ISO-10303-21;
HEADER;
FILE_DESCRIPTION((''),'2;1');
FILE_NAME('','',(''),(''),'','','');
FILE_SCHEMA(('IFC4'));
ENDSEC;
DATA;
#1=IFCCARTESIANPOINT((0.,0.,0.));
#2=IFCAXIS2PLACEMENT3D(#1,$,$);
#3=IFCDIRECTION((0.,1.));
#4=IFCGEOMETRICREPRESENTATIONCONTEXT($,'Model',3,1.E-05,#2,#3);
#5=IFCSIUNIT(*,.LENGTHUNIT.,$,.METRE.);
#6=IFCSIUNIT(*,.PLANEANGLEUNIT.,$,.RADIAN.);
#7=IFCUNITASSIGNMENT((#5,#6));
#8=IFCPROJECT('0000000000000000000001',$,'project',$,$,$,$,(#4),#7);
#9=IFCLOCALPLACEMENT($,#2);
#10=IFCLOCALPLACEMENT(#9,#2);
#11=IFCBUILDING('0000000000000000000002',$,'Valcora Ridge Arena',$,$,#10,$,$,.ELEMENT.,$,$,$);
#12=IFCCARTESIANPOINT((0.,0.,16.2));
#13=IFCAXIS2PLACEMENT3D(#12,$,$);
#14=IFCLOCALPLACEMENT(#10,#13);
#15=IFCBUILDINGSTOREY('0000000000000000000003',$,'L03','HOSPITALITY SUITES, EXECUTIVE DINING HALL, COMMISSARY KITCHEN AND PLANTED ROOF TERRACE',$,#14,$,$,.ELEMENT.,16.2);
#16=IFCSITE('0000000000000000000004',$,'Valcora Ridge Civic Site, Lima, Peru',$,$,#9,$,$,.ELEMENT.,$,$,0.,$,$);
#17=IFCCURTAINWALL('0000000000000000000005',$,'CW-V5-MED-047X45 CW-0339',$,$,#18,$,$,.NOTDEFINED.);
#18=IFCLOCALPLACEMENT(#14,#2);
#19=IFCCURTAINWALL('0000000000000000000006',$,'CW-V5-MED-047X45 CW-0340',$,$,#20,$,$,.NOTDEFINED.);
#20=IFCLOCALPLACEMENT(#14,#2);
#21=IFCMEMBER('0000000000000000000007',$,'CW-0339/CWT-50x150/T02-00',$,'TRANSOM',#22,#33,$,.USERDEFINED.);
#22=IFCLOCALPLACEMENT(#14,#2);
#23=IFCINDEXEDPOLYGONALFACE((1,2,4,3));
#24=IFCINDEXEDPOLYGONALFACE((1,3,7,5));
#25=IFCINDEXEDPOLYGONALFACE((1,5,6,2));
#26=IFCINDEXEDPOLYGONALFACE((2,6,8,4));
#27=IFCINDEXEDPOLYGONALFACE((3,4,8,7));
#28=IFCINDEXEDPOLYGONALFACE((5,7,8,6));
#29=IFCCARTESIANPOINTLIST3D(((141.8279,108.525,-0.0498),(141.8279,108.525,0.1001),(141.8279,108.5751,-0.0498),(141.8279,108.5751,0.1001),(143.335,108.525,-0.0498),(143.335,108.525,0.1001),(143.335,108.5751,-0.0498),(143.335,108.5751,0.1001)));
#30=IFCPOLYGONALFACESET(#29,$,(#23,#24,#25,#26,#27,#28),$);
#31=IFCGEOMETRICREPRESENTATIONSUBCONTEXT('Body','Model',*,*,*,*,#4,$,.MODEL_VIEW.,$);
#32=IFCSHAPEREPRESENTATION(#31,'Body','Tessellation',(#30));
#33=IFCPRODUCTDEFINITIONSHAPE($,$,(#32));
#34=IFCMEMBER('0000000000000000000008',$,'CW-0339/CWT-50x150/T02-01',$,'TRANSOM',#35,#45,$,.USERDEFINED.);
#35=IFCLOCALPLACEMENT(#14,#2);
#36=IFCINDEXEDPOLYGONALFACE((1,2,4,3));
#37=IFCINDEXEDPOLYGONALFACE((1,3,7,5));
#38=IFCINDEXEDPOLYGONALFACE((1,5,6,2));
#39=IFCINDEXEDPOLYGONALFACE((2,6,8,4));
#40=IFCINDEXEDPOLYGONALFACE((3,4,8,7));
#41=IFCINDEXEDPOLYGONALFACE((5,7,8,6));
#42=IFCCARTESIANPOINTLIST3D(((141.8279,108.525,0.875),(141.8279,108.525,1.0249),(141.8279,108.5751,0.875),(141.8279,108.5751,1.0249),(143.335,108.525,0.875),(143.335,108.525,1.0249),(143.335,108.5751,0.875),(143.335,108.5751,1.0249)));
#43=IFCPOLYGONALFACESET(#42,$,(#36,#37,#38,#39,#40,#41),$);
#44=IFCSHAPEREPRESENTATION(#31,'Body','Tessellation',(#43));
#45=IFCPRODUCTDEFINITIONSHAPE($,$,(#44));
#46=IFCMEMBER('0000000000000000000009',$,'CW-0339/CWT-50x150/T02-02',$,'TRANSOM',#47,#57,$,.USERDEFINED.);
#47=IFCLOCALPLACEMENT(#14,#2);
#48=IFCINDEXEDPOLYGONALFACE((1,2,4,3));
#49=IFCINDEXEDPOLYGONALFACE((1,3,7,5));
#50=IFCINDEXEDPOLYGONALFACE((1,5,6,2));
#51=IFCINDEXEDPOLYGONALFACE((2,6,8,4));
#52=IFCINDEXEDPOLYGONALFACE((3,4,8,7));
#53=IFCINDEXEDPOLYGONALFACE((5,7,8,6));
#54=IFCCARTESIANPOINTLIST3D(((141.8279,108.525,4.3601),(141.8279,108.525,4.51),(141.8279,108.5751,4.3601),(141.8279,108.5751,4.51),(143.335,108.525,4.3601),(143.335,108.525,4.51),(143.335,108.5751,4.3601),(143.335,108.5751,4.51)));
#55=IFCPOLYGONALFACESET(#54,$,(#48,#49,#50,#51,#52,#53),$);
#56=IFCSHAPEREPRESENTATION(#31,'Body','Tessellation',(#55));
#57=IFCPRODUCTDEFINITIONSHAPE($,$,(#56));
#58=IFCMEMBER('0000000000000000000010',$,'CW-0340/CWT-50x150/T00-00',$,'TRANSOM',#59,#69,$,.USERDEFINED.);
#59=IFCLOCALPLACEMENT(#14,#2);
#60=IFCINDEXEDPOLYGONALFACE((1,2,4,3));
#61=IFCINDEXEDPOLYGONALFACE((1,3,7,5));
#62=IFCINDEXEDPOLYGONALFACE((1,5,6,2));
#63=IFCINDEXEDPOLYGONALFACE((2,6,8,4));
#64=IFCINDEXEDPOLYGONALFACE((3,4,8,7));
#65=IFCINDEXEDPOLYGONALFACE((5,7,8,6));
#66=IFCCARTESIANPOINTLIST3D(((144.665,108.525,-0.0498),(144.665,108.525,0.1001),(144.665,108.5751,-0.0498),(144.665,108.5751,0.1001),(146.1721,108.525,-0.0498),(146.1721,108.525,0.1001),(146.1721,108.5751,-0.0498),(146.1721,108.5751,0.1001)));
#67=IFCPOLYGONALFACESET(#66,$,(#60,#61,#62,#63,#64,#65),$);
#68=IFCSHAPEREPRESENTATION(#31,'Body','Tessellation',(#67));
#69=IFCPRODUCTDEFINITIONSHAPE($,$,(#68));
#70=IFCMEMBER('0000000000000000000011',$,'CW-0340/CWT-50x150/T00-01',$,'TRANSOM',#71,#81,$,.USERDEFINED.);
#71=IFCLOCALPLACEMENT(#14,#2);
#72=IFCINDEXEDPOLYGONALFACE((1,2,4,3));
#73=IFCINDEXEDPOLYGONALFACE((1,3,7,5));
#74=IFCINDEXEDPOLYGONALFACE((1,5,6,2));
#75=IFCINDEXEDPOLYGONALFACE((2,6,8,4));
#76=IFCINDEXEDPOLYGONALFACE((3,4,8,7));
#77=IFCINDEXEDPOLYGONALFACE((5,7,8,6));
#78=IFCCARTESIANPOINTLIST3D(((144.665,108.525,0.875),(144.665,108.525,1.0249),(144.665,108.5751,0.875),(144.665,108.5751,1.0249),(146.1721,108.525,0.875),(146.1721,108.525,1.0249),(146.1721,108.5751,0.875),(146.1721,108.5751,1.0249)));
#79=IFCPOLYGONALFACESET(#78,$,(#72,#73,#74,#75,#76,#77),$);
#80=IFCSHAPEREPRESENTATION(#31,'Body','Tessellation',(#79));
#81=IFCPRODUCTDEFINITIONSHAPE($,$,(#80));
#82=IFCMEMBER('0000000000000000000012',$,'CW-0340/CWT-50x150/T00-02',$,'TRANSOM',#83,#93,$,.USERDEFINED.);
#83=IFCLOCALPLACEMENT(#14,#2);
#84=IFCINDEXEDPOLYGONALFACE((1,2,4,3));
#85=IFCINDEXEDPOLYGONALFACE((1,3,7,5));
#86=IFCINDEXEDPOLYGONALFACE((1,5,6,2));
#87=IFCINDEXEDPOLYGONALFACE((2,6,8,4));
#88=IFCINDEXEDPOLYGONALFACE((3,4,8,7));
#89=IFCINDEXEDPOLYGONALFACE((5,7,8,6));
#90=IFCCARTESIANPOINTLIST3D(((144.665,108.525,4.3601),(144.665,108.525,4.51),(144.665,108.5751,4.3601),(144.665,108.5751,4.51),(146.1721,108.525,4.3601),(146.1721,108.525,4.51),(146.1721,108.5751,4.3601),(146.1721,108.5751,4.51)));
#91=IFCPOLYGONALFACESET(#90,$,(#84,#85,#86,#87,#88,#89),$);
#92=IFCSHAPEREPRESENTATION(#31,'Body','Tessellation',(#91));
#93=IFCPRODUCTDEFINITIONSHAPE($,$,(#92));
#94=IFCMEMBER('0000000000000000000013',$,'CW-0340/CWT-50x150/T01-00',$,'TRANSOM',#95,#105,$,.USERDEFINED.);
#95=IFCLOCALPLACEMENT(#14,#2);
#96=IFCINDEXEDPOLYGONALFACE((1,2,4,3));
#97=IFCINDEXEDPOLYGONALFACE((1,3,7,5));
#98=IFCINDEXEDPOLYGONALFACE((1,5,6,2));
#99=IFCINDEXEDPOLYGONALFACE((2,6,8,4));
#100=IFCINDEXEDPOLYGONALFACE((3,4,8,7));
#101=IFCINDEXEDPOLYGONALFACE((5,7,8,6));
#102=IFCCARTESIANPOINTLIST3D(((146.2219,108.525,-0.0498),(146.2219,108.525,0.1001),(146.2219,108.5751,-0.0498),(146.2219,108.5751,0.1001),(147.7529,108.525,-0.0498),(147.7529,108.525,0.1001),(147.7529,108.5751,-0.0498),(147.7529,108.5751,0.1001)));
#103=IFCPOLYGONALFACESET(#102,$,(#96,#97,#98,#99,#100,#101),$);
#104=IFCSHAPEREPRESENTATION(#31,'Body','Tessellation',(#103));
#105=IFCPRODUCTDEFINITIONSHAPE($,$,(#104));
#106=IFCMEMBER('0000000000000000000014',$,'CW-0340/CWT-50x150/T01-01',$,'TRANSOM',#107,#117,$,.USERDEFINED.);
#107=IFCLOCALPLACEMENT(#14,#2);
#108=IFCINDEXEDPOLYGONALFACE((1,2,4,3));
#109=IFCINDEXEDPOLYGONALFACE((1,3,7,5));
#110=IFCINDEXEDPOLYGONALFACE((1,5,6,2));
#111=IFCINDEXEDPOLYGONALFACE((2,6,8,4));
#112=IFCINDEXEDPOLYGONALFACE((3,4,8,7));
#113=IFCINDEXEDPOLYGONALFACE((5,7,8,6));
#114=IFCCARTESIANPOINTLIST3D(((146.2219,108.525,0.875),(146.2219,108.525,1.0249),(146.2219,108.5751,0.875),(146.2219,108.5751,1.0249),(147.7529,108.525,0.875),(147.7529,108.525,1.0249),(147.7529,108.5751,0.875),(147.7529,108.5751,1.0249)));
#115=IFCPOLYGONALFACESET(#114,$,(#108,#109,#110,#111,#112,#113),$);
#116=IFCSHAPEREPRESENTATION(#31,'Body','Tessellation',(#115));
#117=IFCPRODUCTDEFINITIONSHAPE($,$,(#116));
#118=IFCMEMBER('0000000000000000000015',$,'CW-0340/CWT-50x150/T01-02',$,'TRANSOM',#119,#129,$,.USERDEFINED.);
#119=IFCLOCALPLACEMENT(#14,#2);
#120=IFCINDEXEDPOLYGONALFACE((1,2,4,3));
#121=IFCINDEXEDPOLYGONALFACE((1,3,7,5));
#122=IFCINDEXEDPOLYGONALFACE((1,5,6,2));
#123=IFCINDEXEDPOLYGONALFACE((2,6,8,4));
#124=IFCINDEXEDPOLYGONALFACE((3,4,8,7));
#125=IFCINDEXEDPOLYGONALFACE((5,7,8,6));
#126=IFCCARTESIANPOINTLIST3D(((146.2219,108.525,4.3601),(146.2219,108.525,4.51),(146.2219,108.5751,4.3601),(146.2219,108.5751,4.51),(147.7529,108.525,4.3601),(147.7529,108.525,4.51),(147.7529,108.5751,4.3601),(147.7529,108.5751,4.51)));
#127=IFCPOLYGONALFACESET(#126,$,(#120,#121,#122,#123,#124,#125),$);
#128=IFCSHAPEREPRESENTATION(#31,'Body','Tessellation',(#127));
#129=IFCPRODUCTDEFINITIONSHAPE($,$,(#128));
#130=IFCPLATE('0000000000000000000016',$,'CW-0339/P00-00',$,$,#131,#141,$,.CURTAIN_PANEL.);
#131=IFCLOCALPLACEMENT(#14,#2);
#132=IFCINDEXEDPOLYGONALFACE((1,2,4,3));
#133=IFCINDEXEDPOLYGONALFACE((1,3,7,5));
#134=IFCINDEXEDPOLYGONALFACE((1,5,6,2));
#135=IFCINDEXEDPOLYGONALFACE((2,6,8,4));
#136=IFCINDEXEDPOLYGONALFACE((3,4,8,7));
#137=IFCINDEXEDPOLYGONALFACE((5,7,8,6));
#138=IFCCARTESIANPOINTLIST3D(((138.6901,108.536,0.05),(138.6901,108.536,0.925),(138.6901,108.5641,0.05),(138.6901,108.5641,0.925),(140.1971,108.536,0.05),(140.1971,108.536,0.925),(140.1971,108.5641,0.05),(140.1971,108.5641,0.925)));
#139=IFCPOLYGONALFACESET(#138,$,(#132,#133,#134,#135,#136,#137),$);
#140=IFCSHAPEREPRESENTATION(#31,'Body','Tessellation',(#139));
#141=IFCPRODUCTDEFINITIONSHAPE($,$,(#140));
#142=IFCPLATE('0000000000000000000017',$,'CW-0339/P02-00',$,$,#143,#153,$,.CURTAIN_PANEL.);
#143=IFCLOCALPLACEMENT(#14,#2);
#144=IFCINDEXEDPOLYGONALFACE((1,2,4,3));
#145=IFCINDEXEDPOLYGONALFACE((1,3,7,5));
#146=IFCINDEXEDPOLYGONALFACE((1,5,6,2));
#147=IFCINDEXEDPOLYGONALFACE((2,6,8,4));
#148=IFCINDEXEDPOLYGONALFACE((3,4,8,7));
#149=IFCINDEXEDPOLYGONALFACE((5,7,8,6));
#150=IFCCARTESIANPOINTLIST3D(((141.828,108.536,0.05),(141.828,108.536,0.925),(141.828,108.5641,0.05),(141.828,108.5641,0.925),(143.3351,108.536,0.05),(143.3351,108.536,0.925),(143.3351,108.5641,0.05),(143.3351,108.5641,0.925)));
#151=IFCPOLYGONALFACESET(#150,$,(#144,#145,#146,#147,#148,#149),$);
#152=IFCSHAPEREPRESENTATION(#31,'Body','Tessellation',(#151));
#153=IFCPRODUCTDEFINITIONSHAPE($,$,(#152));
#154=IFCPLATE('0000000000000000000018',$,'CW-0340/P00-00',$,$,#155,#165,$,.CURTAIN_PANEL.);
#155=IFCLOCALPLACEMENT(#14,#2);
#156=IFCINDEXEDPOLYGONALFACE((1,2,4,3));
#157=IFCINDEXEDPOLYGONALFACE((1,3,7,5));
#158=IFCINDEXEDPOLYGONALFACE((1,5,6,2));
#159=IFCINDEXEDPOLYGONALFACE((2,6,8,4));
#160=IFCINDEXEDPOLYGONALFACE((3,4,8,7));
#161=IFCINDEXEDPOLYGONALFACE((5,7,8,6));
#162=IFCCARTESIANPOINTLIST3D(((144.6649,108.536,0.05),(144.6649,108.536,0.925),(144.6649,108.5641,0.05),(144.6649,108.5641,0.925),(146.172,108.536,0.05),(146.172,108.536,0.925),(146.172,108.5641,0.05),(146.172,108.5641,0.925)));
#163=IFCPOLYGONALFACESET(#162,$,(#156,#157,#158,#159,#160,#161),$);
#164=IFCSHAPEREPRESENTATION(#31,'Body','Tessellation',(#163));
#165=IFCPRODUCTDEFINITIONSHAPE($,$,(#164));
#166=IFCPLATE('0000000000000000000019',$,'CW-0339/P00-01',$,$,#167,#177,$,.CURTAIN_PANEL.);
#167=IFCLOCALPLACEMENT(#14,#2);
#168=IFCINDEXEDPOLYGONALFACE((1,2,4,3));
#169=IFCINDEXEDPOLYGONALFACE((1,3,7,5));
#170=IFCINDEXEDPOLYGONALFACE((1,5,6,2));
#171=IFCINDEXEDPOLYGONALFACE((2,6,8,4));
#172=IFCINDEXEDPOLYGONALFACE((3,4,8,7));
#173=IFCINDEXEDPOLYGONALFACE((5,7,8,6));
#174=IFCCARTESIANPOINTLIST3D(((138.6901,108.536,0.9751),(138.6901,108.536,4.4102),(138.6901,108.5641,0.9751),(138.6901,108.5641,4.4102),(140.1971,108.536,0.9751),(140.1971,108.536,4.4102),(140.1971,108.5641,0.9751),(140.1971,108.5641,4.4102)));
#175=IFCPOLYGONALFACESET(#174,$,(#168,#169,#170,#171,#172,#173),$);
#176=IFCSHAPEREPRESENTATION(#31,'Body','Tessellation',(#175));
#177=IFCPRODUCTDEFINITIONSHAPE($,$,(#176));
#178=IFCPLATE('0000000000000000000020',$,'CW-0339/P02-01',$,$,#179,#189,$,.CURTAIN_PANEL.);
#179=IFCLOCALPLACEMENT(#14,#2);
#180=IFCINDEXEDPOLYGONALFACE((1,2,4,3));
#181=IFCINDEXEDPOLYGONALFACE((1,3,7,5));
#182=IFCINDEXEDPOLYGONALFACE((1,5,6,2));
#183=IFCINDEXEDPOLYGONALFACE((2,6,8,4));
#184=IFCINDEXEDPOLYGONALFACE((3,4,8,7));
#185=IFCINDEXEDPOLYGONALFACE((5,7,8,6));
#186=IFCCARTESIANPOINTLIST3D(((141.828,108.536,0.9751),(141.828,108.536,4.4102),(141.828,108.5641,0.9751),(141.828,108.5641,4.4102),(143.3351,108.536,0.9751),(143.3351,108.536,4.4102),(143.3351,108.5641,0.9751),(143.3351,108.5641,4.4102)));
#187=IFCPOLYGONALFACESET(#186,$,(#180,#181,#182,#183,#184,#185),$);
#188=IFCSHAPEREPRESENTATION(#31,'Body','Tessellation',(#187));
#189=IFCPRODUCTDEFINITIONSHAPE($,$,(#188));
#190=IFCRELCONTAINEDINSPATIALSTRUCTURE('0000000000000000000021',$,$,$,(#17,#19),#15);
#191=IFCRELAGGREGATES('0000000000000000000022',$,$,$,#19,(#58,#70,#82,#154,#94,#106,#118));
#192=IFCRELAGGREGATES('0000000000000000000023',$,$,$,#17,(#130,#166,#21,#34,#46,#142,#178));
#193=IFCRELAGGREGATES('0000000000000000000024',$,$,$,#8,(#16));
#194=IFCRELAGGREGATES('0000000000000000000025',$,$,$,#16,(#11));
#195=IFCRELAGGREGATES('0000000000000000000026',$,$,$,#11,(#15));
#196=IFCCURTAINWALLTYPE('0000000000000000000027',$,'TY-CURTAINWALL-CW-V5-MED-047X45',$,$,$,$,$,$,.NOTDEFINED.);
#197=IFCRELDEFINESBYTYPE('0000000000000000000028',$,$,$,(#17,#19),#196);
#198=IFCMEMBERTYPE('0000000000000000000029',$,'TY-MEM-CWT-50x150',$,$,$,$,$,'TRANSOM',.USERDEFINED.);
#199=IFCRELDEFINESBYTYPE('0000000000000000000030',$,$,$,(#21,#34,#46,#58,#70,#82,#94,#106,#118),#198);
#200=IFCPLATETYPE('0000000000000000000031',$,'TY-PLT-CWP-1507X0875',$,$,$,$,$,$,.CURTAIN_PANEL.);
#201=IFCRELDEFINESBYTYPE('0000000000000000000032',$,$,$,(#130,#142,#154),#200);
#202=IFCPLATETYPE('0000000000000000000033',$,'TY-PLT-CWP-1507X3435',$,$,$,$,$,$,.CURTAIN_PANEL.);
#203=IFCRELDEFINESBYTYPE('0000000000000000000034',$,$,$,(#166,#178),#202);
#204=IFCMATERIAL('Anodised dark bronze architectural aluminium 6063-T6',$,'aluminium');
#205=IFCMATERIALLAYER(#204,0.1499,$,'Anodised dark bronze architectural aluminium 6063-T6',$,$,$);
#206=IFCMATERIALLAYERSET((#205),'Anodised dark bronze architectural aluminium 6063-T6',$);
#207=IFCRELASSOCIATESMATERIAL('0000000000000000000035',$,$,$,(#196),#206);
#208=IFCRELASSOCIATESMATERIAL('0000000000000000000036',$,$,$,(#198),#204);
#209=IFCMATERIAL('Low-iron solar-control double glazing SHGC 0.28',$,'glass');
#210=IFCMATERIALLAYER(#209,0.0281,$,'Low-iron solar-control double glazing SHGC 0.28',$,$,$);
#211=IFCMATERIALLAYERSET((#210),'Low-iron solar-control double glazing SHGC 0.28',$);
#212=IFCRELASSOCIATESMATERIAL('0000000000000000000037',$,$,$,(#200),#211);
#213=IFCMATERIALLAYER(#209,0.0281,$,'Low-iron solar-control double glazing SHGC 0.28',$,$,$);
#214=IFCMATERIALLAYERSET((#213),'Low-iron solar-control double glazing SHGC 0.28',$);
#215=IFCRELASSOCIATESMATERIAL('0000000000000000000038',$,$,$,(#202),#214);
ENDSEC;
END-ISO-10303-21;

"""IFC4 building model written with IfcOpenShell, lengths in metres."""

from ifc_helpers import new_model, si_unit, direction, frame, origin, origin_2d, place, context, subcontext, project, spatial, rectangle, extrude, material, layer, layer_set, material_profile, profile_set, type_object, element, aggregate, save


model = new_model("IFC4")

# Units and contexts
model_context = context("Model", 3, precision=1e-05, world=origin(), true_north=direction((0.0, 1.0)))
body_context = subcontext(model_context, "Body", "Model", "MODEL_VIEW")
ifc_project = project(units=[si_unit("LENGTHUNIT", "METRE"), si_unit("PLANEANGLEUNIT", "RADIAN")], contexts=[model_context])

# Site, building, storey
site_placement = place(None, origin())
site = spatial("IfcSite", under=ifc_project, at=site_placement, Name="Valcora Ridge Civic Site, Lima, Peru", CompositionType="ELEMENT", RefElevation=0.0)
building_placement = place(site_placement, origin())
building = spatial("IfcBuilding", under=site, at=building_placement, Name="Valcora Ridge Arena", CompositionType="ELEMENT")
storey_placement = place(building_placement, frame((0.0, 0.0, 16.2)))
storey = spatial("IfcBuildingStorey", under=building, at=storey_placement, Name="L03", Description="HOSPITALITY SUITES, EXECUTIVE DINING HALL, COMMISSARY KITCHEN AND PLANTED ROOF TERRACE", CompositionType="ELEMENT", Elevation=16.2)

# Shared definitions
ifc_material_1 = material(Name="Anodised dark bronze architectural aluminium 6063-T6", Category="aluminium")
ifc_layer_1 = layer(ifc_material_1, 0.1499, Name="Anodised dark bronze architectural aluminium 6063-T6")
ifc_layer_set_1 = layer_set([ifc_layer_1], Name="Anodised dark bronze architectural aluminium 6063-T6")
curtain_wall_type = type_object("IfcCurtainWallType", Name="TY-CURTAINWALL-CW-V5-MED-047X45", PredefinedType="NOTDEFINED", material=ifc_layer_set_1)

# Curtain walls
curtain_wall_1_placement = place(storey_placement, origin())
curtain_wall_1 = element("IfcCurtainWall", 1, at=curtain_wall_1_placement, inside=storey, type_object=curtain_wall_type, Name="CW-V5-MED-047X45 CW-0339", PredefinedType="NOTDEFINED")
curtain_wall_2_placement = place(storey_placement, origin())
curtain_wall_2 = element("IfcCurtainWall", 2, at=curtain_wall_2_placement, inside=storey, type_object=curtain_wall_type, Name="CW-V5-MED-047X45 CW-0340", PredefinedType="NOTDEFINED")

# Members
ifc_material_profile_1 = material_profile(ifc_material_1, rectangle(XDim=0.05, YDim=0.1499, at=origin_2d()), Name="ALU TRANSOM 50x150")
ifc_profile_set_1 = profile_set([ifc_material_profile_1], Name="Anodised dark bronze architectural aluminium 6063-T6")
member_type_1 = type_object("IfcMemberType", Name="TY-MEM-CWT-50x150", ElementType="TRANSOM", PredefinedType="USERDEFINED", material=ifc_profile_set_1)
member_1_placement = place(storey_placement, frame((141.8279, 108.55, 0.0251), z_axis=(1.0, 0.0, 0.0), x_axis=(0.0, 1.0, 0.0)))
member_1 = element("IfcMember", 3, at=member_1_placement, type_object=member_type_1, Name="CW-0339/CWT-50x150/T02-00", ObjectType="TRANSOM", PredefinedType="USERDEFINED", context=body_context, shape_type="SweptSolid", body=[
    extrude(rectangle(XDim=0.05, YDim=0.1499, at=origin_2d()), origin(), (0.0, 0.0, 1.0), 1.5071),
])
member_2_placement = place(storey_placement, frame((141.8279, 108.55, 0.95), z_axis=(1.0, 0.0, 0.0), x_axis=(0.0, 1.0, 0.0)))
member_2 = element("IfcMember", 4, at=member_2_placement, type_object=member_type_1, Name="CW-0339/CWT-50x150/T02-01", ObjectType="TRANSOM", PredefinedType="USERDEFINED", context=body_context, shape_type="SweptSolid", body=[
    extrude(rectangle(XDim=0.05, YDim=0.1499, at=origin_2d()), origin(), (0.0, 0.0, 1.0), 1.5071),
])
member_3_placement = place(storey_placement, frame((141.8279, 108.55, 4.4351), z_axis=(1.0, 0.0, 0.0), x_axis=(0.0, 1.0, 0.0)))
member_3 = element("IfcMember", 5, at=member_3_placement, type_object=member_type_1, Name="CW-0339/CWT-50x150/T02-02", ObjectType="TRANSOM", PredefinedType="USERDEFINED", context=body_context, shape_type="SweptSolid", body=[
    extrude(rectangle(XDim=0.05, YDim=0.1499, at=origin_2d()), origin(), (0.0, 0.0, 1.0), 1.5071),
])
member_4_placement = place(storey_placement, frame((144.665, 108.55, 0.0251), z_axis=(1.0, 0.0, 0.0), x_axis=(0.0, 1.0, 0.0)))
member_4 = element("IfcMember", 6, at=member_4_placement, type_object=member_type_1, Name="CW-0340/CWT-50x150/T00-00", ObjectType="TRANSOM", PredefinedType="USERDEFINED", context=body_context, shape_type="SweptSolid", body=[
    extrude(rectangle(XDim=0.05, YDim=0.1499, at=origin_2d()), origin(), (0.0, 0.0, 1.0), 1.5071),
])
member_5_placement = place(storey_placement, frame((144.665, 108.55, 0.95), z_axis=(1.0, 0.0, 0.0), x_axis=(0.0, 1.0, 0.0)))
member_5 = element("IfcMember", 7, at=member_5_placement, type_object=member_type_1, Name="CW-0340/CWT-50x150/T00-01", ObjectType="TRANSOM", PredefinedType="USERDEFINED", context=body_context, shape_type="SweptSolid", body=[
    extrude(rectangle(XDim=0.05, YDim=0.1499, at=origin_2d()), origin(), (0.0, 0.0, 1.0), 1.5071),
])
member_6_placement = place(storey_placement, frame((144.665, 108.55, 4.4351), z_axis=(1.0, 0.0, 0.0), x_axis=(0.0, 1.0, 0.0)))
member_6 = element("IfcMember", 8, at=member_6_placement, type_object=member_type_1, Name="CW-0340/CWT-50x150/T00-02", ObjectType="TRANSOM", PredefinedType="USERDEFINED", context=body_context, shape_type="SweptSolid", body=[
    extrude(rectangle(XDim=0.05, YDim=0.1499, at=origin_2d()), origin(), (0.0, 0.0, 1.0), 1.5071),
])
member_7_placement = place(storey_placement, frame((146.2219, 108.55, 0.0251), z_axis=(1.0, 0.0, 0.0), x_axis=(0.0, 1.0, 0.0)))
member_7 = element("IfcMember", 9, at=member_7_placement, type_object=member_type_1, Name="CW-0340/CWT-50x150/T01-00", ObjectType="TRANSOM", PredefinedType="USERDEFINED", context=body_context, shape_type="SweptSolid", body=[
    extrude(rectangle(XDim=0.05, YDim=0.1499, at=origin_2d()), origin(), (0.0, 0.0, 1.0), 1.531),
])
member_8_placement = place(storey_placement, frame((146.2219, 108.55, 0.95), z_axis=(1.0, 0.0, 0.0), x_axis=(0.0, 1.0, 0.0)))
member_8 = element("IfcMember", 10, at=member_8_placement, type_object=member_type_1, Name="CW-0340/CWT-50x150/T01-01", ObjectType="TRANSOM", PredefinedType="USERDEFINED", context=body_context, shape_type="SweptSolid", body=[
    extrude(rectangle(XDim=0.05, YDim=0.1499, at=origin_2d()), origin(), (0.0, 0.0, 1.0), 1.531),
])
member_9_placement = place(storey_placement, frame((146.2219, 108.55, 4.4351), z_axis=(1.0, 0.0, 0.0), x_axis=(0.0, 1.0, 0.0)))
member_9 = element("IfcMember", 11, at=member_9_placement, type_object=member_type_1, Name="CW-0340/CWT-50x150/T01-02", ObjectType="TRANSOM", PredefinedType="USERDEFINED", context=body_context, shape_type="SweptSolid", body=[
    extrude(rectangle(XDim=0.05, YDim=0.1499, at=origin_2d()), origin(), (0.0, 0.0, 1.0), 1.531),
])

# Plates
ifc_material_2 = material(Name="Low-iron solar-control double glazing SHGC 0.28", Category="glass")
ifc_layer_2 = layer(ifc_material_2, 0.0281, Name="Low-iron solar-control double glazing SHGC 0.28")
ifc_layer_set_2 = layer_set([ifc_layer_2], Name="Low-iron solar-control double glazing SHGC 0.28")
plate_type_1 = type_object("IfcPlateType", Name="TY-PLT-CWP-1507X0875", PredefinedType="CURTAIN_PANEL", material=ifc_layer_set_2)
plate_1_placement = place(storey_placement, frame((139.4436, 108.55, 0.05), z_axis=(0.0, 0.0, 1.0), x_axis=(1.0, 0.0, 0.0)))
plate_1 = element("IfcPlate", 12, at=plate_1_placement, type_object=plate_type_1, Name="CW-0339/P00-00", PredefinedType="CURTAIN_PANEL", context=body_context, shape_type="SweptSolid", body=[
    extrude(rectangle(XDim=1.5071, YDim=0.0281, at=origin_2d()), origin(), (0.0, 0.0, 1.0), 0.875),
])
plate_2_placement = place(storey_placement, frame((142.5815, 108.55, 0.05), z_axis=(0.0, 0.0, 1.0), x_axis=(1.0, 0.0, 0.0)))
plate_2 = element("IfcPlate", 13, at=plate_2_placement, type_object=plate_type_1, Name="CW-0339/P02-00", PredefinedType="CURTAIN_PANEL", context=body_context, shape_type="SweptSolid", body=[
    extrude(rectangle(XDim=1.5071, YDim=0.0281, at=origin_2d()), origin(), (0.0, 0.0, 1.0), 0.875),
])
plate_3_placement = place(storey_placement, frame((145.4185, 108.55, 0.05), z_axis=(0.0, 0.0, 1.0), x_axis=(1.0, 0.0, 0.0)))
plate_3 = element("IfcPlate", 14, at=plate_3_placement, type_object=plate_type_1, Name="CW-0340/P00-00", PredefinedType="CURTAIN_PANEL", context=body_context, shape_type="SweptSolid", body=[
    extrude(rectangle(XDim=1.5071, YDim=0.0281, at=origin_2d()), origin(), (0.0, 0.0, 1.0), 0.875),
])
ifc_layer_3 = layer(ifc_material_2, 0.0281, Name="Low-iron solar-control double glazing SHGC 0.28")
ifc_layer_set_3 = layer_set([ifc_layer_3], Name="Low-iron solar-control double glazing SHGC 0.28")
plate_type_2 = type_object("IfcPlateType", Name="TY-PLT-CWP-1507X3435", PredefinedType="CURTAIN_PANEL", material=ifc_layer_set_3)
plate_4_placement = place(storey_placement, frame((139.4436, 108.55, 0.9751), z_axis=(0.0, 0.0, 1.0), x_axis=(1.0, 0.0, 0.0)))
plate_4 = element("IfcPlate", 15, at=plate_4_placement, type_object=plate_type_2, Name="CW-0339/P00-01", PredefinedType="CURTAIN_PANEL", context=body_context, shape_type="SweptSolid", body=[
    extrude(rectangle(XDim=1.5071, YDim=0.0281, at=origin_2d()), origin(), (0.0, 0.0, 1.0), 3.4351),
])
plate_5_placement = place(storey_placement, frame((142.5815, 108.55, 0.9751), z_axis=(0.0, 0.0, 1.0), x_axis=(1.0, 0.0, 0.0)))
plate_5 = element("IfcPlate", 16, at=plate_5_placement, type_object=plate_type_2, Name="CW-0339/P02-01", PredefinedType="CURTAIN_PANEL", context=body_context, shape_type="SweptSolid", body=[
    extrude(rectangle(XDim=1.5071, YDim=0.0281, at=origin_2d()), origin(), (0.0, 0.0, 1.0), 3.4351),
])
aggregate(curtain_wall_2, [member_4, member_5, member_6, plate_3, member_7, member_8, member_9])
aggregate(curtain_wall_1, [plate_1, plate_4, member_1, member_2, member_3, plate_2, plate_5])

save(model, "model.ifc")
